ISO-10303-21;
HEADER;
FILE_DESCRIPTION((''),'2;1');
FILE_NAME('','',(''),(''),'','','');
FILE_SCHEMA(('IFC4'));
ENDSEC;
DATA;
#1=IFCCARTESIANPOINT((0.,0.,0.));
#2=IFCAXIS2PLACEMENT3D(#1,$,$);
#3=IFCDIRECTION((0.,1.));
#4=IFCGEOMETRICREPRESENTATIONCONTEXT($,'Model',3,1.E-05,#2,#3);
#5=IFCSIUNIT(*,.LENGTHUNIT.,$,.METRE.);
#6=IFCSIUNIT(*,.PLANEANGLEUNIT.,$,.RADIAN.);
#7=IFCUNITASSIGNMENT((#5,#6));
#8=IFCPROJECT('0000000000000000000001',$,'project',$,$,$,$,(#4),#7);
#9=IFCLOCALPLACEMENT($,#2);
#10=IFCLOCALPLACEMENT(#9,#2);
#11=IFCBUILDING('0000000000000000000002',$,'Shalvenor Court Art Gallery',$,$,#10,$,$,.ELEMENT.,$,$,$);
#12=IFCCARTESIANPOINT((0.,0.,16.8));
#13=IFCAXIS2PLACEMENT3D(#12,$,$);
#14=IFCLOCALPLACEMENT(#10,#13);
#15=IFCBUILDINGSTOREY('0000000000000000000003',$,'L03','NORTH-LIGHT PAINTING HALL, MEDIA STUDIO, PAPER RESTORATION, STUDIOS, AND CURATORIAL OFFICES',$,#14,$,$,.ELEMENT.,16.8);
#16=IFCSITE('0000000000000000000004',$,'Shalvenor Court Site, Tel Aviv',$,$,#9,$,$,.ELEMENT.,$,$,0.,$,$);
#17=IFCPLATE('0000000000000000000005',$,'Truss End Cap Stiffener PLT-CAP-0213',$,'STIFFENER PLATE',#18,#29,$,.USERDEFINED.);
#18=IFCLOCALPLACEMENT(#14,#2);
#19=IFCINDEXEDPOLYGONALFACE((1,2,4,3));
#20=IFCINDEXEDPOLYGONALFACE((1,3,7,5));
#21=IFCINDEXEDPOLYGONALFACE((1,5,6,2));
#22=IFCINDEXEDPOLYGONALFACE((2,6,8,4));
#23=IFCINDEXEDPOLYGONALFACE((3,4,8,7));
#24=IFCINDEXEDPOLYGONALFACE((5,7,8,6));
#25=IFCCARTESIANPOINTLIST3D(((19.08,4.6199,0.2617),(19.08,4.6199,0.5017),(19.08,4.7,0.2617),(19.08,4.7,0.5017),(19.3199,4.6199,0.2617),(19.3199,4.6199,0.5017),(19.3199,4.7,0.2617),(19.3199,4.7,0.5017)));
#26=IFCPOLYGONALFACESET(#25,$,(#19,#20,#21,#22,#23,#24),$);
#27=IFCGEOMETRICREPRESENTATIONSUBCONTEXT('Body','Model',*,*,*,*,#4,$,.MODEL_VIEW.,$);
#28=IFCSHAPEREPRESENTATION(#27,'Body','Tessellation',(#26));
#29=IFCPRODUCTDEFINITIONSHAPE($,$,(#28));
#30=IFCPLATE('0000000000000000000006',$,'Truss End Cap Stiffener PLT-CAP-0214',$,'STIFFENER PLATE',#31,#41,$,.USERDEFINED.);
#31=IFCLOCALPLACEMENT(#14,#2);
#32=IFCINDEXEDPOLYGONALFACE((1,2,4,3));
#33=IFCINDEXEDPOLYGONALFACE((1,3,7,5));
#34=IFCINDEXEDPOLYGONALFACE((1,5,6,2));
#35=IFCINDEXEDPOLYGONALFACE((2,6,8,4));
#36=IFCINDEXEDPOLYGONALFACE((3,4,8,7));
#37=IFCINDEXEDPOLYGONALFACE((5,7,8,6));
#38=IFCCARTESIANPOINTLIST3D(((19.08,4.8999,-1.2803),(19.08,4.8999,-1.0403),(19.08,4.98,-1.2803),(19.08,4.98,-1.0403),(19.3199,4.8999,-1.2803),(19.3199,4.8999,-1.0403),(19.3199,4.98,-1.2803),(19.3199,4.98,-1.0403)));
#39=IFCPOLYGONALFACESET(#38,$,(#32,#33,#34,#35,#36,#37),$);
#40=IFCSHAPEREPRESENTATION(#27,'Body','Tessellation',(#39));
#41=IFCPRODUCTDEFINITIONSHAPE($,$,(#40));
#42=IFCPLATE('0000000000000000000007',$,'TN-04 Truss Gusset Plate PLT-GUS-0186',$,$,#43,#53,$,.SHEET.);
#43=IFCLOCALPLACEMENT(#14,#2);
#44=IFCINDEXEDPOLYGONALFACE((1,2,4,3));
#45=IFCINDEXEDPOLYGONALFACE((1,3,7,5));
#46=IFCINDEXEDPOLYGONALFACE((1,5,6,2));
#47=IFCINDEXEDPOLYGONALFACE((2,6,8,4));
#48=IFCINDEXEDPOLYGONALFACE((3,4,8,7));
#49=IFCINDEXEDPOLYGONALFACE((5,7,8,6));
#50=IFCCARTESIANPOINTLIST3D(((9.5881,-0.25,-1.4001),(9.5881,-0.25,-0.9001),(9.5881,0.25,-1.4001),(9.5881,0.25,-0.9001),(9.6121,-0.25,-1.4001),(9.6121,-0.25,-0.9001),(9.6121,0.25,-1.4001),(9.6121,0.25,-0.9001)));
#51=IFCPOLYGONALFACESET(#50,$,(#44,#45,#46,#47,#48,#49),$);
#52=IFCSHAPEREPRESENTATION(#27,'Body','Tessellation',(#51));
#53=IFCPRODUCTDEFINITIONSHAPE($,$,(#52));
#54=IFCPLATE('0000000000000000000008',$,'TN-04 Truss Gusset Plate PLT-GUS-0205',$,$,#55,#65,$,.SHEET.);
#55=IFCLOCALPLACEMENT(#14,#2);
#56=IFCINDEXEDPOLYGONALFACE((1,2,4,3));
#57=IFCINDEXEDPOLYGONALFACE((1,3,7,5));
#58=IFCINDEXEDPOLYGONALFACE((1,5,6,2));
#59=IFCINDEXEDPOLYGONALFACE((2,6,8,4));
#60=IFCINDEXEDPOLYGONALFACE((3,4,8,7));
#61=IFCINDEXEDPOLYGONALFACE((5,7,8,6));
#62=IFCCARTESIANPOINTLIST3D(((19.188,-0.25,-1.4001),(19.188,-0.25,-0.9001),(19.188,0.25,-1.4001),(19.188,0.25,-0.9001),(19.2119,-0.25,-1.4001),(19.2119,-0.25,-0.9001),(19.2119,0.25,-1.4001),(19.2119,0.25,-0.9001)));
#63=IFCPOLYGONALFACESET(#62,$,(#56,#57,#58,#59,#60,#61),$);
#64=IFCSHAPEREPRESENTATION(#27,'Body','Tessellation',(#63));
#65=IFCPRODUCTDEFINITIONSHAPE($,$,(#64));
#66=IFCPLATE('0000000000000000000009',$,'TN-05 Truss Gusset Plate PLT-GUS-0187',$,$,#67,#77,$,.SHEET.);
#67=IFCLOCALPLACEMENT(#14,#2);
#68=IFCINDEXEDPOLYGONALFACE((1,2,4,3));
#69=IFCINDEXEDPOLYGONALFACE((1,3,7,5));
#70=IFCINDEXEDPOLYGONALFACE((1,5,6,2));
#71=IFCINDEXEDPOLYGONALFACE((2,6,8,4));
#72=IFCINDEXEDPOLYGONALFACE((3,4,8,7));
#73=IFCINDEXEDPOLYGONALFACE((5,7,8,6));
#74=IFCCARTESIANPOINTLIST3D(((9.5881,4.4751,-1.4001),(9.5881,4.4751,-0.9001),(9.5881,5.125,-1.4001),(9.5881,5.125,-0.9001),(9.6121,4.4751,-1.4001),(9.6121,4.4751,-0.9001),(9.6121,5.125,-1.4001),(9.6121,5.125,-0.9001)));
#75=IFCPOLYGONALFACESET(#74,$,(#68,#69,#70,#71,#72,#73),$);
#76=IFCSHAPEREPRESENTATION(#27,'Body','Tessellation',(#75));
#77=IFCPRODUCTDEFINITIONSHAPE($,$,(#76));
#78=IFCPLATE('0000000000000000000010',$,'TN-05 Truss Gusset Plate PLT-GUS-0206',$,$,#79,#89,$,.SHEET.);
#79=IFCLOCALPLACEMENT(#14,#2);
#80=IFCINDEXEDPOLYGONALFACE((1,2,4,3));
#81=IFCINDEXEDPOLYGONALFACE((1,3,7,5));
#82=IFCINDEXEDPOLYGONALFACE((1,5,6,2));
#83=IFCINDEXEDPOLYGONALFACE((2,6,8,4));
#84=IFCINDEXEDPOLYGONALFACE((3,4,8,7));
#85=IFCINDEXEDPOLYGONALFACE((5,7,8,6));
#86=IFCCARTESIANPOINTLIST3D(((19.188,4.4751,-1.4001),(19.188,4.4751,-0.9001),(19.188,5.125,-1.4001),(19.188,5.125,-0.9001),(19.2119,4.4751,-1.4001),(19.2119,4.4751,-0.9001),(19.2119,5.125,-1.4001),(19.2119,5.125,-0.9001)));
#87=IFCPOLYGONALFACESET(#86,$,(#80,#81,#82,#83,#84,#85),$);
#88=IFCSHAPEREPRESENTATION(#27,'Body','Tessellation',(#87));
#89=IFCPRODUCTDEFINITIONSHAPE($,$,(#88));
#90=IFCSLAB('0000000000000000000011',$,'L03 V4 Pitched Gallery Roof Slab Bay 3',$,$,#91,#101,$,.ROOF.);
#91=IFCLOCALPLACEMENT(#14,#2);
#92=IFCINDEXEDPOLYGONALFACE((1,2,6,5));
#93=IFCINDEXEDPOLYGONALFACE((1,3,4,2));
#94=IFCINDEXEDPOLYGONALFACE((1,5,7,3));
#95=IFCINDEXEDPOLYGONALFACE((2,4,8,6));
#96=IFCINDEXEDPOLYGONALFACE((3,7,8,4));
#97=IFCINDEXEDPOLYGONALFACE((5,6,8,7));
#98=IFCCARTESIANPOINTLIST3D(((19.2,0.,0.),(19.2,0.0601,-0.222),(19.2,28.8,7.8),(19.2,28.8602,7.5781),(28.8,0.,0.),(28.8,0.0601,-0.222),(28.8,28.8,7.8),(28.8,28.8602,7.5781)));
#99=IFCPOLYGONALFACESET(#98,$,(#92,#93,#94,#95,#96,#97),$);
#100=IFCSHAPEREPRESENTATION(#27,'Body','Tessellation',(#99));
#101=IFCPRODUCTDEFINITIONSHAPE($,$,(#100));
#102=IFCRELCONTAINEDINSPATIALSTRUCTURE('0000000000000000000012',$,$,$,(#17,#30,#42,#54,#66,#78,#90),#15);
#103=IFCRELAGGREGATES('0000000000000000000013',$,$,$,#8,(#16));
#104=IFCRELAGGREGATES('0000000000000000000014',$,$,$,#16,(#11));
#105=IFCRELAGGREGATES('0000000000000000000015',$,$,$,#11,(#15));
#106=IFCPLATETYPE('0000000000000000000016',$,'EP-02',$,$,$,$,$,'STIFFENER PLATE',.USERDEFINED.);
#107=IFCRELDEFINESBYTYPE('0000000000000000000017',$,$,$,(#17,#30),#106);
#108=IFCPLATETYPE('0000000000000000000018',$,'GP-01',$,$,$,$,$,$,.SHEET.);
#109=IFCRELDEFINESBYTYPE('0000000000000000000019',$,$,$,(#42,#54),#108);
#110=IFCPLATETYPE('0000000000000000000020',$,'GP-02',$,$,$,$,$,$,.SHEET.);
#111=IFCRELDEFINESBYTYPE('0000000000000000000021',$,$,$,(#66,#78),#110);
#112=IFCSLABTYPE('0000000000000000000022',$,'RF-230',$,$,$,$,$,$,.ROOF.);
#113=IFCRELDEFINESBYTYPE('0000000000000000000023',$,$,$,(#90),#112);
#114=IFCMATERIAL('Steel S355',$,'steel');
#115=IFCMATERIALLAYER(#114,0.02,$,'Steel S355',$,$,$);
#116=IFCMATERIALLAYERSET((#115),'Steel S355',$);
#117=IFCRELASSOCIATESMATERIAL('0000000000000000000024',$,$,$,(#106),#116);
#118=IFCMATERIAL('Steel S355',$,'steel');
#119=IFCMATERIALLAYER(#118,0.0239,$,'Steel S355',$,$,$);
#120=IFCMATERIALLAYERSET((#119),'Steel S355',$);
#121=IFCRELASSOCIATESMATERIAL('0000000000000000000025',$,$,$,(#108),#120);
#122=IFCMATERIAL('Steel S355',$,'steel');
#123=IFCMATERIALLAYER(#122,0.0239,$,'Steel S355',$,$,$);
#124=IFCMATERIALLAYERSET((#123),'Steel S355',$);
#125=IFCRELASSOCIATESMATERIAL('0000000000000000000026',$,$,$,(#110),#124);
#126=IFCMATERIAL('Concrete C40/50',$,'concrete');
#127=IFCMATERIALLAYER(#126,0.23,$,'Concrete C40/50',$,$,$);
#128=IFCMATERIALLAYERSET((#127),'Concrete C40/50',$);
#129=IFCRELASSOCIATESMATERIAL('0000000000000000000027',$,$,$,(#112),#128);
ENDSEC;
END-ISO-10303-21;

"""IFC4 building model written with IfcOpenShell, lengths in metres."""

from ifc_helpers import new_model, si_unit, direction, frame, origin, origin_2d, place, context, subcontext, project, spatial, polyline, rectangle, outline, extrude, material, layer, layer_set, type_object, element, save


model = new_model("IFC4")

# Units and contexts
model_context = context("Model", 3, precision=1e-05, world=origin(), true_north=direction((0.0, 1.0)))
body_context = subcontext(model_context, "Body", "Model", "MODEL_VIEW")
ifc_project = project(units=[si_unit("LENGTHUNIT", "METRE"), si_unit("PLANEANGLEUNIT", "RADIAN")], contexts=[model_context])

# Site, building, storey
site_placement = place(None, origin())
site = spatial("IfcSite", under=ifc_project, at=site_placement, Name="Shalvenor Court Site, Tel Aviv", CompositionType="ELEMENT", RefElevation=0.0)
building_placement = place(site_placement, origin())
building = spatial("IfcBuilding", under=site, at=building_placement, Name="Shalvenor Court Art Gallery", CompositionType="ELEMENT")
storey_placement = place(building_placement, frame((0.0, 0.0, 16.8)))
storey = spatial("IfcBuildingStorey", under=building, at=storey_placement, Name="L03", Description="NORTH-LIGHT PAINTING HALL, MEDIA STUDIO, PAPER RESTORATION, STUDIOS, AND CURATORIAL OFFICES", CompositionType="ELEMENT", Elevation=16.8)

# Plates
ifc_material_1 = material(Name="Steel S355", Category="steel")
ifc_layer_1 = layer(ifc_material_1, 0.02, Name="Steel S355")
ifc_layer_set_1 = layer_set([ifc_layer_1], Name="Steel S355")
plate_type_1 = type_object("IfcPlateType", Name="EP-02", ElementType="STIFFENER PLATE", PredefinedType="USERDEFINED", material=ifc_layer_set_1)
for number, where, z_axis, x_axis, name in (
    (1, (19.2, 4.6599, 0.2617), (0.0, 0.0, 1.0), (1.0, 0.0, 0.0), "Truss End Cap Stiffener PLT-CAP-0213"),
    (2, (19.2, 4.9399, -1.2803), (0.0, 0.0, 1.0), (1.0, 0.0, 0.0), "Truss End Cap Stiffener PLT-CAP-0214"),
):
    element("IfcPlate", number, at=place(storey_placement, frame(where, z_axis=z_axis, x_axis=x_axis)), inside=storey, type_object=plate_type_1, Name=name, ObjectType="STIFFENER PLATE", PredefinedType="USERDEFINED", context=body_context, shape_type="SweptSolid", body=[
        extrude(rectangle(XDim=0.24, YDim=0.0801, at=origin_2d()), origin(), (0.0, 0.0, 1.0), 0.24),
    ])
ifc_material_2 = material(Name="Steel S355", Category="steel")
ifc_layer_2 = layer(ifc_material_2, 0.0239, Name="Steel S355")
ifc_layer_set_2 = layer_set([ifc_layer_2], Name="Steel S355")
plate_type_2 = type_object("IfcPlateType", Name="GP-01", PredefinedType="SHEET", material=ifc_layer_set_2)
for number, where, z_axis, x_axis, name in (
    (3, (9.6001, 0.0, -1.4001), (0.0, 0.0, 1.0), (0.0, 1.0, 0.0), "TN-04 Truss Gusset Plate PLT-GUS-0186"),
    (4, (19.2, 0.0, -1.4001), (0.0, 0.0, 1.0), (0.0, 1.0, 0.0), "TN-04 Truss Gusset Plate PLT-GUS-0205"),
):
    element("IfcPlate", number, at=place(storey_placement, frame(where, z_axis=z_axis, x_axis=x_axis)), inside=storey, type_object=plate_type_2, Name=name, PredefinedType="SHEET", context=body_context, shape_type="SweptSolid", body=[
        extrude(rectangle(XDim=0.5, YDim=0.0239, at=origin_2d()), origin(), (0.0, 0.0, 1.0), 0.5),
    ])
ifc_material_3 = material(Name="Steel S355", Category="steel")
ifc_layer_3 = layer(ifc_material_3, 0.0239, Name="Steel S355")
ifc_layer_set_3 = layer_set([ifc_layer_3], Name="Steel S355")
plate_type_3 = type_object("IfcPlateType", Name="GP-02", PredefinedType="SHEET", material=ifc_layer_set_3)
for number, where, z_axis, x_axis, name in (
    (5, (9.6001, 4.8, -1.4001), (0.0, 0.0, 1.0), (0.0, 1.0, 0.0), "TN-05 Truss Gusset Plate PLT-GUS-0187"),
    (6, (19.2, 4.8, -1.4001), (0.0, 0.0, 1.0), (0.0, 1.0, 0.0), "TN-05 Truss Gusset Plate PLT-GUS-0206"),
):
    element("IfcPlate", number, at=place(storey_placement, frame(where, z_axis=z_axis, x_axis=x_axis)), inside=storey, type_object=plate_type_3, Name=name, PredefinedType="SHEET", context=body_context, shape_type="SweptSolid", body=[
        extrude(rectangle(XDim=0.6499, YDim=0.0239, at=origin_2d()), origin(), (0.0, 0.0, 1.0), 0.5),
    ])

# Slab
ifc_material_4 = material(Name="Concrete C40/50", Category="concrete")
ifc_layer_4 = layer(ifc_material_4, 0.23, Name="Concrete C40/50")
ifc_layer_set_4 = layer_set([ifc_layer_4], Name="Concrete C40/50")
slab_type = type_object("IfcSlabType", Name="RF-230", PredefinedType="ROOF", material=ifc_layer_set_4)
slab_placement = place(storey_placement, frame((19.2, 0.0, 0.0), z_axis=(0.0, -0.261417, 0.965226), x_axis=(1.0, 0.0, 0.0)))
element("IfcSlab", 7, at=slab_placement, inside=storey, type_object=slab_type, Name="L03 V4 Pitched Gallery Roof Slab Bay 3", PredefinedType="ROOF", context=body_context, shape_type="SweptSolid", body=[
    extrude(outline(polyline([(0.0, 0.0), (9.6001, 0.0), (9.6001, 29.8376), (0.0, 29.8376), (0.0, 0.0)])), origin(), (0.0, 0.0, -1.0), 0.23),
])

save(model, "model.ifc")
